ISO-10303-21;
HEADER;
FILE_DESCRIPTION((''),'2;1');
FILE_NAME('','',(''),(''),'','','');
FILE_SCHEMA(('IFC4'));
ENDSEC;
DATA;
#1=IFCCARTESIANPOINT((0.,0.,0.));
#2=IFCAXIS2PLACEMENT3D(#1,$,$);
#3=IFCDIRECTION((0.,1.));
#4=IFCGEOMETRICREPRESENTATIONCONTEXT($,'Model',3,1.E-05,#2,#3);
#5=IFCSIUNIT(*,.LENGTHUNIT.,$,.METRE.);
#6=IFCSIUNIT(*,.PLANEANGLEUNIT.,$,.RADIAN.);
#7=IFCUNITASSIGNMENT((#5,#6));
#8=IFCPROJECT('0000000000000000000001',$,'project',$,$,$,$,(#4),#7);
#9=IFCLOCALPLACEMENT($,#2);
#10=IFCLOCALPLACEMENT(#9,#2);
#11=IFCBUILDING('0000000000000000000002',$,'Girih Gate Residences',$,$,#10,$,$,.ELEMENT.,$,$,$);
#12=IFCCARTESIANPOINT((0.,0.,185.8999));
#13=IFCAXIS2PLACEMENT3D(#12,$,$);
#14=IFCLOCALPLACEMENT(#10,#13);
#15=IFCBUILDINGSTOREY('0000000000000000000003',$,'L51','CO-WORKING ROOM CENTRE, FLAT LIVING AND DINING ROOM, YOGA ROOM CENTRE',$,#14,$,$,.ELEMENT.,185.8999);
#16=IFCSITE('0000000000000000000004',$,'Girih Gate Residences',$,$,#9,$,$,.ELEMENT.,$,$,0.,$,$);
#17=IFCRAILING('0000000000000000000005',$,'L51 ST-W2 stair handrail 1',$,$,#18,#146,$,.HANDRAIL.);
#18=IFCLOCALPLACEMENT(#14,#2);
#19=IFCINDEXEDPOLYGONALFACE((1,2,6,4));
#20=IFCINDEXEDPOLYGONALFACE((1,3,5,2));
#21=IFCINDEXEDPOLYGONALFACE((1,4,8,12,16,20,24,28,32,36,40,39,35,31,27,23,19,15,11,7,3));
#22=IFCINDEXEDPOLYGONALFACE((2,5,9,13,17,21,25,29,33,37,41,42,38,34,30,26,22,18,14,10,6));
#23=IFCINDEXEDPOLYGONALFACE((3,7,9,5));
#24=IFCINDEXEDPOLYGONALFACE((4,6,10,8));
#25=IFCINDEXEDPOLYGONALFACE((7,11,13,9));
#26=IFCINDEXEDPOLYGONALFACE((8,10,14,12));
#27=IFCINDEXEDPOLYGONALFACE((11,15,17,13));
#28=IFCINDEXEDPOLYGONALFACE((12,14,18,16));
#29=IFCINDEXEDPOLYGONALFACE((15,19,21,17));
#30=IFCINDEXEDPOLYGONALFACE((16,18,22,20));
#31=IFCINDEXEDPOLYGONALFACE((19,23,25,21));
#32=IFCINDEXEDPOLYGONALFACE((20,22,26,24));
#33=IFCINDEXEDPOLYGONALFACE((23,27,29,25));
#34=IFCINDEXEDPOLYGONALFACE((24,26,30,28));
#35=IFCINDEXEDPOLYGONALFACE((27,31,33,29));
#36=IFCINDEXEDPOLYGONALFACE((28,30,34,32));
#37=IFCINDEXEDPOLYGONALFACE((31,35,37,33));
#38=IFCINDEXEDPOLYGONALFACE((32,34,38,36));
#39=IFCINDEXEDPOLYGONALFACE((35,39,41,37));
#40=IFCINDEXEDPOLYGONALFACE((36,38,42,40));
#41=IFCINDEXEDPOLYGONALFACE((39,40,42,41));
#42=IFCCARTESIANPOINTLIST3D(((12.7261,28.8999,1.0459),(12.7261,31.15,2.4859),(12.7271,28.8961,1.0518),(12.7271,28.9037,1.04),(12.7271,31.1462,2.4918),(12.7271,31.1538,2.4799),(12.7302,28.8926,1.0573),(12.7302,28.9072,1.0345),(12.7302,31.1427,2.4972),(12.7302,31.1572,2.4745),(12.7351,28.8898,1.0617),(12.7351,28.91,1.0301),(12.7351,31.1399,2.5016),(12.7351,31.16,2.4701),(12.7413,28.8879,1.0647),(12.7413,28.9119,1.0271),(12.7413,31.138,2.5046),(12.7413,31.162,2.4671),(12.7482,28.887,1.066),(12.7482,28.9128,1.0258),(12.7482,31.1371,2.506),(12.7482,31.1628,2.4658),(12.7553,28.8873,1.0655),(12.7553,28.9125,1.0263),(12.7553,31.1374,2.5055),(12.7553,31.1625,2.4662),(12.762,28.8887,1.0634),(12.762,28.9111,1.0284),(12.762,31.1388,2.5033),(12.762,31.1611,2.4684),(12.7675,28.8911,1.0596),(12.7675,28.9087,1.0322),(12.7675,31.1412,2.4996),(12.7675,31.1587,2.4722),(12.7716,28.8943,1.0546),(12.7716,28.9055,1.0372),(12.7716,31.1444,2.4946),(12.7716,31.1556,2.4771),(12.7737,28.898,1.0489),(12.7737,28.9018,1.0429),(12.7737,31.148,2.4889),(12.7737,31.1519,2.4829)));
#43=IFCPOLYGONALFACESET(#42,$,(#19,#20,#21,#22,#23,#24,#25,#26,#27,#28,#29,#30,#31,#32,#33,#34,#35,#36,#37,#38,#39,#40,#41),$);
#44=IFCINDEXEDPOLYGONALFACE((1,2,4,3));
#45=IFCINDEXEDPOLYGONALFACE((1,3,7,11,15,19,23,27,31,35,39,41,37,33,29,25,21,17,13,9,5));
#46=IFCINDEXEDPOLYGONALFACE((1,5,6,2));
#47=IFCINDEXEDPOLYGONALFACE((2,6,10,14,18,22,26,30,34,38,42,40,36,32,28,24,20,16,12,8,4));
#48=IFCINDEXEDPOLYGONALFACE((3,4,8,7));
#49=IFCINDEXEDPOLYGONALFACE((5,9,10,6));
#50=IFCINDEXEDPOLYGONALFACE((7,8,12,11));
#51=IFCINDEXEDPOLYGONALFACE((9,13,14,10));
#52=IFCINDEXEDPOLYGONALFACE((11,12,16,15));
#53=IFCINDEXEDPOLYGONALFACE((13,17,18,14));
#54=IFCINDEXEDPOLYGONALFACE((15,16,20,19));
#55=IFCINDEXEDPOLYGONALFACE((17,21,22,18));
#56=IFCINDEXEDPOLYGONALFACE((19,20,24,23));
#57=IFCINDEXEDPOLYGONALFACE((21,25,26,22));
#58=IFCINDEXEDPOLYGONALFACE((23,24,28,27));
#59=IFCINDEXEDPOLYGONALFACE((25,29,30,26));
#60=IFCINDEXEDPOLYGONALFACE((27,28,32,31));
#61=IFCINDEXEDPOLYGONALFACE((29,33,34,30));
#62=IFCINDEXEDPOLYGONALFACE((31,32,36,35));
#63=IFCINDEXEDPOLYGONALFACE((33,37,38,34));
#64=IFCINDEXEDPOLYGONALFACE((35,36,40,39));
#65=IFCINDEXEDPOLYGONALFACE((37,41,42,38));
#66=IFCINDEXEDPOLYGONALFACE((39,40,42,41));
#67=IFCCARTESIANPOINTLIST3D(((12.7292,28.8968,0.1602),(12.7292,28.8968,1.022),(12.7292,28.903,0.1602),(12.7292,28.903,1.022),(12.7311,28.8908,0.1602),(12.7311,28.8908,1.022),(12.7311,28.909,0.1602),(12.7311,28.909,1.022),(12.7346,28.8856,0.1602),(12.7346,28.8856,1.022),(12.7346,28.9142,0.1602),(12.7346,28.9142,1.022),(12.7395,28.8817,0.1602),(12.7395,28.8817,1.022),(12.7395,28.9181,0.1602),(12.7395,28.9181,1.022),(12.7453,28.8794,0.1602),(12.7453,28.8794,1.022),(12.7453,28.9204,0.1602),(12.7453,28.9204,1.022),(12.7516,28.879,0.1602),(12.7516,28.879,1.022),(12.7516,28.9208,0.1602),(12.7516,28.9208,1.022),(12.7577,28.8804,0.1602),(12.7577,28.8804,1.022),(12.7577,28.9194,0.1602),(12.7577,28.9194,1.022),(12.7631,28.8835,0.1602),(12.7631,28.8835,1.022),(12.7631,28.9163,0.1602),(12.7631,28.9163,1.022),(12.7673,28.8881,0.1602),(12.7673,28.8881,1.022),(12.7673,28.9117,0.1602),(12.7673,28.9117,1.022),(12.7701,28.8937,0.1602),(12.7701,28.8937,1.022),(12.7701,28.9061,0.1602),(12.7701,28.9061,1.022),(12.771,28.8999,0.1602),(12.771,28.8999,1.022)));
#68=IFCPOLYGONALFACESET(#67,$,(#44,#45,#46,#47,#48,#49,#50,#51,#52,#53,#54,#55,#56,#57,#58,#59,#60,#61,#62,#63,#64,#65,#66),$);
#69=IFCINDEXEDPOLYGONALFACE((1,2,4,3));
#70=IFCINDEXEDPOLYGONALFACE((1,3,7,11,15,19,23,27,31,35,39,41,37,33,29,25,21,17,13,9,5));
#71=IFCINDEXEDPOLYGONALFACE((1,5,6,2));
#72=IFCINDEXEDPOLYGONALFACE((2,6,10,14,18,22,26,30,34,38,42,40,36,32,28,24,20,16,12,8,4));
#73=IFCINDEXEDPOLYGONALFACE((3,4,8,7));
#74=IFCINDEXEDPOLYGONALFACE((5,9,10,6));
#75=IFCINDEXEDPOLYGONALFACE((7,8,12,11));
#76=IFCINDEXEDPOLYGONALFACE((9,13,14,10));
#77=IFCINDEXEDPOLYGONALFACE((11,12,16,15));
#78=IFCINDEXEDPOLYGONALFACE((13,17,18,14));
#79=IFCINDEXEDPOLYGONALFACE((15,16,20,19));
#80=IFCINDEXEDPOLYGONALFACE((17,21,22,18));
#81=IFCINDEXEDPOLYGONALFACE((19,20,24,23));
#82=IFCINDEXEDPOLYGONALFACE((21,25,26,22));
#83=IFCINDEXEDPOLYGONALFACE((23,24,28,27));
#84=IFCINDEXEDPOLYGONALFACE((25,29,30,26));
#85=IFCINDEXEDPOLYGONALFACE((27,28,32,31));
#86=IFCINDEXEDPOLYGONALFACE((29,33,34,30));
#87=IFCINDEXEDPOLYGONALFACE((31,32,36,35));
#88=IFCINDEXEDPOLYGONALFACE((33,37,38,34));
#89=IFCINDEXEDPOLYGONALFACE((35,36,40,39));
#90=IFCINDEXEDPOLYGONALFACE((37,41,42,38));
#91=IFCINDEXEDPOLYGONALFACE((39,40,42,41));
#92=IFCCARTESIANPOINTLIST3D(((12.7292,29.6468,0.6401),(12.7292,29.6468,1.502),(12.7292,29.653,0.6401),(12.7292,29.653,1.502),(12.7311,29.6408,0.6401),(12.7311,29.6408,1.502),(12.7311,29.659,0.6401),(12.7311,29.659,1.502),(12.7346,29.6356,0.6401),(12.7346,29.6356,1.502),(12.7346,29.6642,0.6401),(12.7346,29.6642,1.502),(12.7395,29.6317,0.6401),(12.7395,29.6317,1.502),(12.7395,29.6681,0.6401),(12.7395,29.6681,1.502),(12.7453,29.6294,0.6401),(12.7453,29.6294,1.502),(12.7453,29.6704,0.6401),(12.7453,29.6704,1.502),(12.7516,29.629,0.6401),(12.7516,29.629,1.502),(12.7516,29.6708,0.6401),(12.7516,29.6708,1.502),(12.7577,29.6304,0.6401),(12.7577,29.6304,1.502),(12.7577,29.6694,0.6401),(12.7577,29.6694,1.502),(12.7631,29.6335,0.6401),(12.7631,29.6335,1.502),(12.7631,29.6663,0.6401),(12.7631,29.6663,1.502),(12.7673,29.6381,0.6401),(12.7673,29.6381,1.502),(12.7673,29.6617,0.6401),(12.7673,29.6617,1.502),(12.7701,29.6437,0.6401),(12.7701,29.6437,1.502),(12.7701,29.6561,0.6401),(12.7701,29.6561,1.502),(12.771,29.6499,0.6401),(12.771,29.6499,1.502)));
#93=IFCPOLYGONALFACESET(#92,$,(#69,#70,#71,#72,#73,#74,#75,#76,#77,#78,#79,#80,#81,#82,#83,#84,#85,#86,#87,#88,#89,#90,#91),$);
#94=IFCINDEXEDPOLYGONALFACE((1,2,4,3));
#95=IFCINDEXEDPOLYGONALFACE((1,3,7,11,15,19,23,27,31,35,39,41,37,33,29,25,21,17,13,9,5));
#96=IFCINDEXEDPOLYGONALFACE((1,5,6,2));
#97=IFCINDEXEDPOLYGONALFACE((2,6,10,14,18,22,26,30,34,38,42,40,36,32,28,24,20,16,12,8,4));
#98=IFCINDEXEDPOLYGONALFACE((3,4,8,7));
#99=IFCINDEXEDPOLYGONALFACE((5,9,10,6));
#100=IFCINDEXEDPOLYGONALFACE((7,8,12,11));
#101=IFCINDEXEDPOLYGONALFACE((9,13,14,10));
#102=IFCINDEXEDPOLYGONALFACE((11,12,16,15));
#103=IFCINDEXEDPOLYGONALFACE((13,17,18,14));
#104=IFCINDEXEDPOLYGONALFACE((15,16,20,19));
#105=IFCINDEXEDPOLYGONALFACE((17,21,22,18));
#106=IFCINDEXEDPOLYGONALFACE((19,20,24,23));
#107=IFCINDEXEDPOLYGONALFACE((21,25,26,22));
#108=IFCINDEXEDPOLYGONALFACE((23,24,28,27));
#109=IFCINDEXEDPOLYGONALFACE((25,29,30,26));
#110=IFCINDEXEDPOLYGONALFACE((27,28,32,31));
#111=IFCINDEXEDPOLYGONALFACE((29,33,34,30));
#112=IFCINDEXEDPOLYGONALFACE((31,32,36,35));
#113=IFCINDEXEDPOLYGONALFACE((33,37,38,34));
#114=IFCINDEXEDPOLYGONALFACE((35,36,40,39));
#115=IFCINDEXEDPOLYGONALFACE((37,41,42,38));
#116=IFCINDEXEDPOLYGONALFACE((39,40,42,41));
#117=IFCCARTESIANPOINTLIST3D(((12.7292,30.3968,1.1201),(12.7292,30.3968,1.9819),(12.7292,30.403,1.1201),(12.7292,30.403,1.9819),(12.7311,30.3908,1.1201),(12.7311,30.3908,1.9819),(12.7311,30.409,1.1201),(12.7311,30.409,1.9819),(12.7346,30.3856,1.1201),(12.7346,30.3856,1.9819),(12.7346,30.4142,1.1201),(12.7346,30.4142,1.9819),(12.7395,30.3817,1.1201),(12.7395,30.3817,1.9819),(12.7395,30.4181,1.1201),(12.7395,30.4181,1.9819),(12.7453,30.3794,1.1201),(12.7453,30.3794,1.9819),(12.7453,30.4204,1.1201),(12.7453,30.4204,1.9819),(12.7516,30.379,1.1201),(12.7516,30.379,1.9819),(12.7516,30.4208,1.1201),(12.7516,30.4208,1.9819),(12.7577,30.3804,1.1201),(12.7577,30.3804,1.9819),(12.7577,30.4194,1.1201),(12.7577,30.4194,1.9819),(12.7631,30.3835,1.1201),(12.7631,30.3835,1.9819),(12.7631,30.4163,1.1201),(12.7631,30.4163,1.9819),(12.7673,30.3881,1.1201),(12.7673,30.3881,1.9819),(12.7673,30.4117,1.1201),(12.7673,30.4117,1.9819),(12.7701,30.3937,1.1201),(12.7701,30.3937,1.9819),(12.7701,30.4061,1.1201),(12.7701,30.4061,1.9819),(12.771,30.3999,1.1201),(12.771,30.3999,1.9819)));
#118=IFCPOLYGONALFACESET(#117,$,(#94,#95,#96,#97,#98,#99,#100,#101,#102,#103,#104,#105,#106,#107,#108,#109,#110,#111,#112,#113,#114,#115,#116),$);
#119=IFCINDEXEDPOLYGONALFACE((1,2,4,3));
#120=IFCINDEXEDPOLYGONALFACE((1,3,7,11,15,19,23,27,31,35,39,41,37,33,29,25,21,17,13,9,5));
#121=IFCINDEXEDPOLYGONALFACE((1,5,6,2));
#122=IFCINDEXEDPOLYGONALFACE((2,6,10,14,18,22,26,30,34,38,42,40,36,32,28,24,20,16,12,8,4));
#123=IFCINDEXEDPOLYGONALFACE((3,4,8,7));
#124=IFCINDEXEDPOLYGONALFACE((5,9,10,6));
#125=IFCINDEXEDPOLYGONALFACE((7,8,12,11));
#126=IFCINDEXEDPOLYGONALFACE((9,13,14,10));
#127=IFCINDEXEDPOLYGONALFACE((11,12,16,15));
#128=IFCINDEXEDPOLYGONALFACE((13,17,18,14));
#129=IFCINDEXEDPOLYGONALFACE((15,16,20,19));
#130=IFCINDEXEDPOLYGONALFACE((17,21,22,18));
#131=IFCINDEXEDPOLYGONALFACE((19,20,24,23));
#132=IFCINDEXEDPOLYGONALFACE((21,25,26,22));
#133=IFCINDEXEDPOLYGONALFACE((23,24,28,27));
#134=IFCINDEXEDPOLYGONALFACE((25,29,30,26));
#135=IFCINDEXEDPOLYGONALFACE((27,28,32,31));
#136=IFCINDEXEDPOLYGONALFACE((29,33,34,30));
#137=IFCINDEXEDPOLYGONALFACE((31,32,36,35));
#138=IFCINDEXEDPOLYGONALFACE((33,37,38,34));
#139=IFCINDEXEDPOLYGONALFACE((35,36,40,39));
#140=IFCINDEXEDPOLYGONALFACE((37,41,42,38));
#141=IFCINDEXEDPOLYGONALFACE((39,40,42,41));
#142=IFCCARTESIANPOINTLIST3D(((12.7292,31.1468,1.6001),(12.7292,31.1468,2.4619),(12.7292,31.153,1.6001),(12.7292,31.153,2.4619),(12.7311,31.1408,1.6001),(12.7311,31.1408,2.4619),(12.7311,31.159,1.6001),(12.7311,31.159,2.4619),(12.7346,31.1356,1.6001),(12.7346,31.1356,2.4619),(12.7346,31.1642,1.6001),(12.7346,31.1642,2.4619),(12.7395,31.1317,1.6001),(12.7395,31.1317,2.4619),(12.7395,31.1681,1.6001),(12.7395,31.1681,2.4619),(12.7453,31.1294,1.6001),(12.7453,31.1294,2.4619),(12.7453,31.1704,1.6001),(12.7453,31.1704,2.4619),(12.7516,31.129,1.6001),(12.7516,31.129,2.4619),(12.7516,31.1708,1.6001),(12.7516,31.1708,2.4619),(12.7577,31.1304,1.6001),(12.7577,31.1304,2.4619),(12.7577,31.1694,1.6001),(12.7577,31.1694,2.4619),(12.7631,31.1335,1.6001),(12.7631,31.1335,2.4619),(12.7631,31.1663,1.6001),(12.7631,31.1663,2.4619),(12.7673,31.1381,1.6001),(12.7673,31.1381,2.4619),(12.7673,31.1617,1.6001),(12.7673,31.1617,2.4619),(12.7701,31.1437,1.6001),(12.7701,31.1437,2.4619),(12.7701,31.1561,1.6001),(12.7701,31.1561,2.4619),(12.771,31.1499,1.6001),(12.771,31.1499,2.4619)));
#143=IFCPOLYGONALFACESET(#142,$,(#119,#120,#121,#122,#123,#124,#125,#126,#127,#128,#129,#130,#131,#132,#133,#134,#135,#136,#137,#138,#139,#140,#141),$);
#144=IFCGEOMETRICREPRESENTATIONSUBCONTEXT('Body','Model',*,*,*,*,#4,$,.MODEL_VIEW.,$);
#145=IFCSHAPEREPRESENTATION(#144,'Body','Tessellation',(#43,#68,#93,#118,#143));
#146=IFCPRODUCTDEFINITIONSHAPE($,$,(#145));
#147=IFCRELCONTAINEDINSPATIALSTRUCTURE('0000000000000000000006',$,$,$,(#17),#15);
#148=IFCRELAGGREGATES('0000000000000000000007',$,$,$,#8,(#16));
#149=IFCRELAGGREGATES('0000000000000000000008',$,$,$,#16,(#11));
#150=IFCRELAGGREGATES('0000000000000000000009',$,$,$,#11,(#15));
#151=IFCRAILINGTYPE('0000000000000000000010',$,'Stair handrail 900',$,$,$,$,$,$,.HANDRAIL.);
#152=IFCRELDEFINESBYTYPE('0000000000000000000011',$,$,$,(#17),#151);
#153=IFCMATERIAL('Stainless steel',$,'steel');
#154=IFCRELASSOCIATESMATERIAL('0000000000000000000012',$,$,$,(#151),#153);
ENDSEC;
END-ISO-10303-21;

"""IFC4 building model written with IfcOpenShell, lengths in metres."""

from ifc_helpers import new_model, si_unit, direction, frame, origin, origin_2d, place, context, subcontext, project, spatial, circle, extrude, material, type_object, element, save


model = new_model("IFC4")

# Units and contexts
model_context = context("Model", 3, precision=1e-05, world=origin(), true_north=direction((0.0, 1.0)))
body_context = subcontext(model_context, "Body", "Model", "MODEL_VIEW")
ifc_project = project(units=[si_unit("LENGTHUNIT", "METRE"), si_unit("PLANEANGLEUNIT", "RADIAN")], contexts=[model_context])

# Site, building, storey
site_placement = place(None, origin())
site = spatial("IfcSite", under=ifc_project, at=site_placement, Name="Girih Gate Residences", CompositionType="ELEMENT", RefElevation=0.0)
building_placement = place(site_placement, origin())
building = spatial("IfcBuilding", under=site, at=building_placement, Name="Girih Gate Residences", CompositionType="ELEMENT")
storey_placement = place(building_placement, frame((0.0, 0.0, 185.8999)))
storey = spatial("IfcBuildingStorey", under=building, at=storey_placement, Name="L51", Description="CO-WORKING ROOM CENTRE, FLAT LIVING AND DINING ROOM, YOGA ROOM CENTRE", CompositionType="ELEMENT", Elevation=185.8999)

# Railing
ifc_material_1 = material(Name="Stainless steel", Category="steel")
railing_type_1 = type_object("IfcRailingType", Name="Stair handrail 900", PredefinedType="HANDRAIL", material=ifc_material_1)
for number, where, name in (
    (1, (12.75, 28.8999, 0.1602), "L51 ST-W2 stair handrail 1"),
):
    element("IfcRailing", number, at=place(storey_placement, frame(where)), inside=storey, type_object=railing_type_1, Name=name, PredefinedType="HANDRAIL", context=body_context, shape_type="SweptSolid", body=[
        extrude(circle(Radius=0.0239, at=origin_2d()), frame((0.0, 0.0, 0.8857), z_axis=(0.0, 0.842281, 0.539038), x_axis=(-1.0, 0.0, 0.0)), (0.0, 0.0, 1.0), 2.6714),
        extrude(circle(Radius=0.021, at=origin_2d()), origin(), (0.0, 0.0, 1.0), 0.8618),
        extrude(circle(Radius=0.021, at=origin_2d()), frame((0.0, 0.75, 0.48)), (0.0, 0.0, 1.0), 0.8618),
        extrude(circle(Radius=0.021, at=origin_2d()), frame((0.0, 1.5, 0.96)), (0.0, 0.0, 1.0), 0.8618),
        extrude(circle(Radius=0.021, at=origin_2d()), frame((0.0, 2.25, 1.4399)), (0.0, 0.0, 1.0), 0.8618),
    ])

save(model, "model.ifc")
